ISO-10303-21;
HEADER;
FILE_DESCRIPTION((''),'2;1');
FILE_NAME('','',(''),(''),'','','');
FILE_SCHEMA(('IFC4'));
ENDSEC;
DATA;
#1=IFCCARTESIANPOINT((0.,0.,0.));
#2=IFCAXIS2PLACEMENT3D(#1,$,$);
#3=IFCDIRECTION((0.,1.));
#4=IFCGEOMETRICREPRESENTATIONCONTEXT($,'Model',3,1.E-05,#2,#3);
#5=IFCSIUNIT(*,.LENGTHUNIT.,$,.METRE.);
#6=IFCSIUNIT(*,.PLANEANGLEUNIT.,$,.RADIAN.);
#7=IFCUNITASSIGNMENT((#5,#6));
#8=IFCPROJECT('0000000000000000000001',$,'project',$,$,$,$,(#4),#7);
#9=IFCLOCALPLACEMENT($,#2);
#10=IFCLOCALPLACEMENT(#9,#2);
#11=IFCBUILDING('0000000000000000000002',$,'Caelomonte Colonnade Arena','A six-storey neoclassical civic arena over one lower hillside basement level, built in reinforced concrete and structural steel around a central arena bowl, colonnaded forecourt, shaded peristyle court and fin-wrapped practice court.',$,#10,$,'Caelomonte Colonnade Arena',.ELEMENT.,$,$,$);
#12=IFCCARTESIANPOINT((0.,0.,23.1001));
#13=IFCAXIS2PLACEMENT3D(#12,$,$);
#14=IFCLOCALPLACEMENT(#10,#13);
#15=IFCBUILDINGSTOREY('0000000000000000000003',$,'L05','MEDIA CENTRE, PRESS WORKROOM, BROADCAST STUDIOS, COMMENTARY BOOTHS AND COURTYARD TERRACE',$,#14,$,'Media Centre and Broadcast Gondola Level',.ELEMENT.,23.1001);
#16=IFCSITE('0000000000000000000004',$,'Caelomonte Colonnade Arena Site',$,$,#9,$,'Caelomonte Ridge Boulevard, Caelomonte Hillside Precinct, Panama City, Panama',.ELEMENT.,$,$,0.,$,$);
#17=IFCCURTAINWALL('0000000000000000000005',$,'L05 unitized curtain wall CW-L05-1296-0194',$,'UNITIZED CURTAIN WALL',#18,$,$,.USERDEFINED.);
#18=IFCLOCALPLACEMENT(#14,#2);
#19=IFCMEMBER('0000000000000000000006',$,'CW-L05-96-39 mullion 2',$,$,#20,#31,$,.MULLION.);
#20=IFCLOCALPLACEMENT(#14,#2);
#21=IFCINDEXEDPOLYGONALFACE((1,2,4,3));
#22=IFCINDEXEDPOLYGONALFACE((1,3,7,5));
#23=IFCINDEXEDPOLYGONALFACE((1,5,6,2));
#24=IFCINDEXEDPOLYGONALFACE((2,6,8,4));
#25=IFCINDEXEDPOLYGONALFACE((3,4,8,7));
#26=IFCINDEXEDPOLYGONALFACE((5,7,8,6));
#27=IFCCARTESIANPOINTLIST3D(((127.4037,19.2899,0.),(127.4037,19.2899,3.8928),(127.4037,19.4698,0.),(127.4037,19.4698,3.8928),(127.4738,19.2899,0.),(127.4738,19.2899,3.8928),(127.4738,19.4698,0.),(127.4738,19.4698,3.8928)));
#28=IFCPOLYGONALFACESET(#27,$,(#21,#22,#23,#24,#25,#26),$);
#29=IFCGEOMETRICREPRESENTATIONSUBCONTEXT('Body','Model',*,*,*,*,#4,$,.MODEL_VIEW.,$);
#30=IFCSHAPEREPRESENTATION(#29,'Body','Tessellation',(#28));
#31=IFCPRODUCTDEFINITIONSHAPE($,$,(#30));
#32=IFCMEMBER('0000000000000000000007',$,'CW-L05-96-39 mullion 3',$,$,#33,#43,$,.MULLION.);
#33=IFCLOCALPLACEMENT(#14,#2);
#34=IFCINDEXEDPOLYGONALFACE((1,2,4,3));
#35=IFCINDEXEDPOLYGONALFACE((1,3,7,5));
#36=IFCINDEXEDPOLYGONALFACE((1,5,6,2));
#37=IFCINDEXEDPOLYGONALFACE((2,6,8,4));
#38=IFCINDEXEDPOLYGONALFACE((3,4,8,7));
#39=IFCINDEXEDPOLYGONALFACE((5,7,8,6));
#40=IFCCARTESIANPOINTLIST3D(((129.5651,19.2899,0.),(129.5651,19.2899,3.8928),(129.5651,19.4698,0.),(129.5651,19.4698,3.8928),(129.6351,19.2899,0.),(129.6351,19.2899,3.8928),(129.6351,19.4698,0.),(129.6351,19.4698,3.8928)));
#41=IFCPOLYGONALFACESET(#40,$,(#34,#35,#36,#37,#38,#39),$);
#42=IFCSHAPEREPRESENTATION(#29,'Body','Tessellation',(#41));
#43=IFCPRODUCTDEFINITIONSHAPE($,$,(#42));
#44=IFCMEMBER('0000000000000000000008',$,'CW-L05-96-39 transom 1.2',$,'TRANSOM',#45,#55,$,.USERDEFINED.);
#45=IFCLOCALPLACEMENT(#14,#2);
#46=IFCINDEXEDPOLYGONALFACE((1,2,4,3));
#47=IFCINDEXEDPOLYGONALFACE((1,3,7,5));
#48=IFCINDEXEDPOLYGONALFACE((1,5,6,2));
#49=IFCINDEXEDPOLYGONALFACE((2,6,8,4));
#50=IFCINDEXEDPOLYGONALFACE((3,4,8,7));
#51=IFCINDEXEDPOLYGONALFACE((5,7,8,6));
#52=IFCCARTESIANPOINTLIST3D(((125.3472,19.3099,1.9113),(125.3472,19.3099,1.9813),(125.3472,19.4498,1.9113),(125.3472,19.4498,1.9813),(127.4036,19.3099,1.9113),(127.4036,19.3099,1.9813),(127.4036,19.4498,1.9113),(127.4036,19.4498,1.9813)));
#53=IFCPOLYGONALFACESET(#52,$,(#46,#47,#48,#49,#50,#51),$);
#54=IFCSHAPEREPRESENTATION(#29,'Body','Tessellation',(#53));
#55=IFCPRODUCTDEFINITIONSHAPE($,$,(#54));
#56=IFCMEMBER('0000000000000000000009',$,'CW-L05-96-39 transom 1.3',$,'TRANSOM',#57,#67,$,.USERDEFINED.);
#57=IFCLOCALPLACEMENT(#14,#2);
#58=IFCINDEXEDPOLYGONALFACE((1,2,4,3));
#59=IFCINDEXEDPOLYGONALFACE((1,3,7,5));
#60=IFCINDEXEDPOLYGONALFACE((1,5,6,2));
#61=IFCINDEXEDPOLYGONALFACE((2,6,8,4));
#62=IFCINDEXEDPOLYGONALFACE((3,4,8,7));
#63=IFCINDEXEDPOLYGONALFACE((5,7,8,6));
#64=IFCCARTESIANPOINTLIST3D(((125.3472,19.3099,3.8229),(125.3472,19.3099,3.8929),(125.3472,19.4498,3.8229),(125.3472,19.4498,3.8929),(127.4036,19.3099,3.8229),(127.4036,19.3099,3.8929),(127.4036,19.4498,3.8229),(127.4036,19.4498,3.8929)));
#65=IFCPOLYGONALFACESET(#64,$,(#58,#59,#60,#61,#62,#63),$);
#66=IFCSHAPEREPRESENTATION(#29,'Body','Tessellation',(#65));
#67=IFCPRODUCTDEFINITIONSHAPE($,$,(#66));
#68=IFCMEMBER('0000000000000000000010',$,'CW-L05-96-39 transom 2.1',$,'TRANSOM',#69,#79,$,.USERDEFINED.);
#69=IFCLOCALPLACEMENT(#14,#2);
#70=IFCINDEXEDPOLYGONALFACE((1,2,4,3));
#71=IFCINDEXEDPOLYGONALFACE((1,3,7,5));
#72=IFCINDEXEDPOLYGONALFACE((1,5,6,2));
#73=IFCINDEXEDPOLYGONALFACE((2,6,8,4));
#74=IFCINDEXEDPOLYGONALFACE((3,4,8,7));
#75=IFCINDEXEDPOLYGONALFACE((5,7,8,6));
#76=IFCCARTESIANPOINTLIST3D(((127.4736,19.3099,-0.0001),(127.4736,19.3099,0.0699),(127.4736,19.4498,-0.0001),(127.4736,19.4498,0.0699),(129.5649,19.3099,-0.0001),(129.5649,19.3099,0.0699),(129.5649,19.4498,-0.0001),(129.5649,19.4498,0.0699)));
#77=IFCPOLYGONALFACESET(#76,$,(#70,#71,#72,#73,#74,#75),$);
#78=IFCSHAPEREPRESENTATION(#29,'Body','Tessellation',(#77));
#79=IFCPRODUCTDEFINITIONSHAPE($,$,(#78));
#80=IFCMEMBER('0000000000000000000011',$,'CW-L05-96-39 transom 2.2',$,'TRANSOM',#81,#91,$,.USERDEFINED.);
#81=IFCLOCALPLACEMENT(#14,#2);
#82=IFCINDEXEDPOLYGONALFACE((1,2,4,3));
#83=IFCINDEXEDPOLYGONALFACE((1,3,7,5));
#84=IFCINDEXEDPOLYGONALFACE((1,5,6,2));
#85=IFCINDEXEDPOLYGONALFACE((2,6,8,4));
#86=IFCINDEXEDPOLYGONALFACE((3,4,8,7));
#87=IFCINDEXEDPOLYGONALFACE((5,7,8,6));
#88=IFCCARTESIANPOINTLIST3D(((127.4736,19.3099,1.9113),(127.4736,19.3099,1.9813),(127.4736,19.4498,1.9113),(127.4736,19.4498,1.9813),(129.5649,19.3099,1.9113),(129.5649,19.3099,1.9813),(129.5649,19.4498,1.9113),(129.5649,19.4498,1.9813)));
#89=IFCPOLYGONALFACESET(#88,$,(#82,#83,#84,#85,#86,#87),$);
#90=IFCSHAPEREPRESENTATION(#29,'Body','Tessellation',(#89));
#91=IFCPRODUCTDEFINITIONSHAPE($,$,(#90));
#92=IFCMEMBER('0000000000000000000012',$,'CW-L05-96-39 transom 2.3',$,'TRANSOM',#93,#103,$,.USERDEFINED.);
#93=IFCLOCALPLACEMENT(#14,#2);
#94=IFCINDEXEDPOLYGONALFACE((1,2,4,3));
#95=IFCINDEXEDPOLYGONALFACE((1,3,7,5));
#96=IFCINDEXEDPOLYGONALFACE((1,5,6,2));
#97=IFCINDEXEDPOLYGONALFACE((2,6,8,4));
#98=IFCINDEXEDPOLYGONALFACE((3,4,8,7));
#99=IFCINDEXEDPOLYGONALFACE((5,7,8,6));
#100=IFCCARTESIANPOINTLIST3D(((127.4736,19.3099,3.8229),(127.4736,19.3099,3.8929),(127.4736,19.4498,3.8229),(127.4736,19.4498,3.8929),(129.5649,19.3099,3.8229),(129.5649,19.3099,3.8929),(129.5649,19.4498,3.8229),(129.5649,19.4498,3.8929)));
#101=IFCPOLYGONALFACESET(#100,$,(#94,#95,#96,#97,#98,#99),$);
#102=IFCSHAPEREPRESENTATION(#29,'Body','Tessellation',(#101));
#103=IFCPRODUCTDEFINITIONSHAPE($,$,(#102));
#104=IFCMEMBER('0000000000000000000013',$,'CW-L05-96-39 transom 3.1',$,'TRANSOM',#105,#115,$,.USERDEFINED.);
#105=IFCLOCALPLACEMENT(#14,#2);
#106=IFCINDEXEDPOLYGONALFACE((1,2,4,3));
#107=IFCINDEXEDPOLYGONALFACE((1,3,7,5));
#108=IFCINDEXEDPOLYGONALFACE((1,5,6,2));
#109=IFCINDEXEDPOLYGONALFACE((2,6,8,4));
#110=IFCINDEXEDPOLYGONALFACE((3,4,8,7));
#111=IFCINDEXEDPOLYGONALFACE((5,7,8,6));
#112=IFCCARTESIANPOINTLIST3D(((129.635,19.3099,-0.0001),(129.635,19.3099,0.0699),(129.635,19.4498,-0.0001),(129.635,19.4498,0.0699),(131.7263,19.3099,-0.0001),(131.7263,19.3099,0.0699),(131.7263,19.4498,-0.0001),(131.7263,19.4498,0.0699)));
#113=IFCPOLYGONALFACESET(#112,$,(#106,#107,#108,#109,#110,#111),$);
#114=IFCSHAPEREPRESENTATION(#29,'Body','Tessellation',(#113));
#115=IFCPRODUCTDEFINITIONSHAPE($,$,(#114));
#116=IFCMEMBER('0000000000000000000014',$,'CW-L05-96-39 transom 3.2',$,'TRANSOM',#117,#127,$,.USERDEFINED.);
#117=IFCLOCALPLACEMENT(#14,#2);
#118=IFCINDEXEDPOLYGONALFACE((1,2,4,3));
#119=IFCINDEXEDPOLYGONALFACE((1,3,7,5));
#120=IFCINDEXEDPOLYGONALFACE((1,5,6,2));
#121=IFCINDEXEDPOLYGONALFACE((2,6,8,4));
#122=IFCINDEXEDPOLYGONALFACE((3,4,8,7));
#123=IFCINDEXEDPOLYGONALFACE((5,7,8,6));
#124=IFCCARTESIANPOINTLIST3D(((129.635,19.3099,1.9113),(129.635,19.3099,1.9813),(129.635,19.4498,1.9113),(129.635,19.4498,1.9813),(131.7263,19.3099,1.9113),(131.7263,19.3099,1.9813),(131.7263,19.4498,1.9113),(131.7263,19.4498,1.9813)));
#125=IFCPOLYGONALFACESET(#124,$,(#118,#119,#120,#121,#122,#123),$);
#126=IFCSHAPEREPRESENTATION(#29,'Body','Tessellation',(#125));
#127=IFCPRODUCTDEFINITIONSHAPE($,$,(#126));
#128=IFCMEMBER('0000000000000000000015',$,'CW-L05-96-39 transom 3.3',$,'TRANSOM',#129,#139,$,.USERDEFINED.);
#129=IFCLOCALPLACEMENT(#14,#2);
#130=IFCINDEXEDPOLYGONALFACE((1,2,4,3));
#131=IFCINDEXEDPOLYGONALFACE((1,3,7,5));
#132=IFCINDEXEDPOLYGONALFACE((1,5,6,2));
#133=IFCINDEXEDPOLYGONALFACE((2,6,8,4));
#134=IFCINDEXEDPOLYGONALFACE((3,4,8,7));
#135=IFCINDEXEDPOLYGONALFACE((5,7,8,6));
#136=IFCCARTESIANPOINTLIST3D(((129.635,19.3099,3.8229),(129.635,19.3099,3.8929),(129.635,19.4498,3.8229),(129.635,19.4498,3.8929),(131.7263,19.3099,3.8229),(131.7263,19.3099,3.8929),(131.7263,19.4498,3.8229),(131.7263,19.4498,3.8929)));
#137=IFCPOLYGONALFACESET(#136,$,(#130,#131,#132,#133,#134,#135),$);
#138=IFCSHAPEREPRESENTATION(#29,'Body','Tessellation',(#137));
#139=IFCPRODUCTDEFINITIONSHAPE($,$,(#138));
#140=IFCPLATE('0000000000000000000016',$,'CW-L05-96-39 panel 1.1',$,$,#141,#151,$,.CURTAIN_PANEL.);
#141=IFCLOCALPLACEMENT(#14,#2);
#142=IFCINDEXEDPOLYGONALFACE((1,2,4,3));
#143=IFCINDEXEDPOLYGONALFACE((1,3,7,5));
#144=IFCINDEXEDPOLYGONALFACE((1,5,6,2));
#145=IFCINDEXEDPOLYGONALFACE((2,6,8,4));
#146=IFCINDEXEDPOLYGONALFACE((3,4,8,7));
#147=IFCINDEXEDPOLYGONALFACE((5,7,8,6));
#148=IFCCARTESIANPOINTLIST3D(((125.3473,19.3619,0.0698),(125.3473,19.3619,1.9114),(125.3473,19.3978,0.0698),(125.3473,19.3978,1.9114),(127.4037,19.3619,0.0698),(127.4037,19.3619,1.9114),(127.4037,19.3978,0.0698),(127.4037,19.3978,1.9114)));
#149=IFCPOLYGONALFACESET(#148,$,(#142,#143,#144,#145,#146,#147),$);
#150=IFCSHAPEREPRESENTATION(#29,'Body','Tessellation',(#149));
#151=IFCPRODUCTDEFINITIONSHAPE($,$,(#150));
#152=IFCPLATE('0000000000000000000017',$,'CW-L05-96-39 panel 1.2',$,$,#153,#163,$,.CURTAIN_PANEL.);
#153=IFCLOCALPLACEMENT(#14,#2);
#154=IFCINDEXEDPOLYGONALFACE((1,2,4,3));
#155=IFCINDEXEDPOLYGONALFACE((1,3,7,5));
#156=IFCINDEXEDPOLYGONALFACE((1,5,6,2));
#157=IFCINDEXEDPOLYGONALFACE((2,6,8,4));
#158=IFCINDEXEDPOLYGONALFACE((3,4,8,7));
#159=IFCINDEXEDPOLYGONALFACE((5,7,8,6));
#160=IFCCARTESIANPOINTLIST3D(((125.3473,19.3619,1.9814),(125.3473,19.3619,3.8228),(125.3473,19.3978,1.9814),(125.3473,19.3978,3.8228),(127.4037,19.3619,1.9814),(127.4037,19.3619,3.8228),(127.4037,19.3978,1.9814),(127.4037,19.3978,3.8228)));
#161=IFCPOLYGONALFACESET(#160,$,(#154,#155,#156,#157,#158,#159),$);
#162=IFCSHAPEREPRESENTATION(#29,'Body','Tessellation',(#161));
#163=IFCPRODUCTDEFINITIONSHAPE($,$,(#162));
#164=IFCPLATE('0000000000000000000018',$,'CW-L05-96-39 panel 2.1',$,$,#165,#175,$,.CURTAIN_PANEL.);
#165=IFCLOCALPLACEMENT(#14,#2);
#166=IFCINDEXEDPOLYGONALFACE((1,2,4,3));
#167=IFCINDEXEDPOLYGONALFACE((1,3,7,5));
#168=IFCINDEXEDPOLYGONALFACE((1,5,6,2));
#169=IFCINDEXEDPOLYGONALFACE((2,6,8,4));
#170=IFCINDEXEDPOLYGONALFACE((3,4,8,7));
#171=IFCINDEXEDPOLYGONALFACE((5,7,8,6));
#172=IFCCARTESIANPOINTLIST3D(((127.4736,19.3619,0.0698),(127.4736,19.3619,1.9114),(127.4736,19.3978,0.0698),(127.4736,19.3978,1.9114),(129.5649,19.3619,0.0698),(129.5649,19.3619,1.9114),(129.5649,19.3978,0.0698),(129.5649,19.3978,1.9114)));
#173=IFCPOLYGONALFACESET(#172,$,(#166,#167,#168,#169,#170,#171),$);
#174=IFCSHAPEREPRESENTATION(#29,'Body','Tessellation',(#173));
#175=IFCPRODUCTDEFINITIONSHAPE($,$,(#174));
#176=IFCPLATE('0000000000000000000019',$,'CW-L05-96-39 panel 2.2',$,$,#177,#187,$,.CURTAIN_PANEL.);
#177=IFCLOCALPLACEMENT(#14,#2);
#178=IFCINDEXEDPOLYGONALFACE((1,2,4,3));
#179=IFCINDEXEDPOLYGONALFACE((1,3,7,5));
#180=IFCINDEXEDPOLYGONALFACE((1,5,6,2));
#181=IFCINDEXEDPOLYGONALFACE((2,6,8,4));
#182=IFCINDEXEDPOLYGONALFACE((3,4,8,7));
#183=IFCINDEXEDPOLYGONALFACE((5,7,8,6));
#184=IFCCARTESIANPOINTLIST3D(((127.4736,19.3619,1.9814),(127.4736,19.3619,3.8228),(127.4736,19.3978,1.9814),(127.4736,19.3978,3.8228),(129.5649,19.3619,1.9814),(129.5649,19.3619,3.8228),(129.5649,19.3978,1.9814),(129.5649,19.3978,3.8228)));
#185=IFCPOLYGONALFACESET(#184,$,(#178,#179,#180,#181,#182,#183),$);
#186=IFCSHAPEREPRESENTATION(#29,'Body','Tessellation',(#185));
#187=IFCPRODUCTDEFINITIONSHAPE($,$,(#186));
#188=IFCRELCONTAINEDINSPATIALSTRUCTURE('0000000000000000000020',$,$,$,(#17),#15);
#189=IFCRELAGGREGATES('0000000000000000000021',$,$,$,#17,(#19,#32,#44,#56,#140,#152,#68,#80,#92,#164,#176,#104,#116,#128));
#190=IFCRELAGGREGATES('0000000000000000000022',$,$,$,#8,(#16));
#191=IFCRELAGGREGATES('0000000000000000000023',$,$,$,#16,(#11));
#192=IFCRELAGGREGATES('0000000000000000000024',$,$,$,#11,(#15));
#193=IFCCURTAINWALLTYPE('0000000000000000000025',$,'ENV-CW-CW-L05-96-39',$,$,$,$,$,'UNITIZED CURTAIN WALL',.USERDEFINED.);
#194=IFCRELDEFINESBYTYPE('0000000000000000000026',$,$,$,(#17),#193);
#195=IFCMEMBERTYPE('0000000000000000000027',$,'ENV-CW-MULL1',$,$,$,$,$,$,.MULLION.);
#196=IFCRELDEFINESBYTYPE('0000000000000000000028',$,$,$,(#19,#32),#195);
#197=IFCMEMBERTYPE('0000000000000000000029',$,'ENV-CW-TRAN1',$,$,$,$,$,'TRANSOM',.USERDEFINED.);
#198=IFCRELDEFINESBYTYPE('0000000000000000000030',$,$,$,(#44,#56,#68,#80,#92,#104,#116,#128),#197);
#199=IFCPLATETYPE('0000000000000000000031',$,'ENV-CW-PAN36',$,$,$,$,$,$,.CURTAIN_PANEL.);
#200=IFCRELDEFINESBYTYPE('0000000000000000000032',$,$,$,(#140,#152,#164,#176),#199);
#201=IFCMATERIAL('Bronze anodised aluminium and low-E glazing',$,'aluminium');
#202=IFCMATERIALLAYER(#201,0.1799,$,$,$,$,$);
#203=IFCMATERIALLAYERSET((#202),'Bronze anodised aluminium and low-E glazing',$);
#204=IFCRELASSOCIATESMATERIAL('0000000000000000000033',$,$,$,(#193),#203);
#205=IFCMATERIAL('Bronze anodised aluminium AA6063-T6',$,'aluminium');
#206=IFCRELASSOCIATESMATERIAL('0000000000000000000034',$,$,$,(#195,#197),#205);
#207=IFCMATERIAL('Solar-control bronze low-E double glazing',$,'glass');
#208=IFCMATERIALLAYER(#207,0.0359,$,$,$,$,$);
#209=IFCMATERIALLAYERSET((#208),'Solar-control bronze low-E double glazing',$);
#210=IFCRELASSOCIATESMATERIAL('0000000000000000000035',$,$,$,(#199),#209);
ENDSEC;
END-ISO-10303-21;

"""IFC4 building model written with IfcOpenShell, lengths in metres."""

from ifc_helpers import new_model, si_unit, direction, frame, origin, origin_2d, place, context, subcontext, project, spatial, rectangle, extrude, material, layer, layer_set, material_profile, profile_set, type_object, element, aggregate, save


model = new_model("IFC4")

# Units and contexts
model_context = context("Model", 3, precision=1e-05, world=origin(), true_north=direction((0.0, 1.0)))
body_context = subcontext(model_context, "Body", "Model", "MODEL_VIEW")
ifc_project = project(units=[si_unit("LENGTHUNIT", "METRE"), si_unit("PLANEANGLEUNIT", "RADIAN")], contexts=[model_context])

# Site, building, storey
site_placement = place(None, origin())
site = spatial("IfcSite", under=ifc_project, at=site_placement, Name="Caelomonte Colonnade Arena Site", LongName="Caelomonte Ridge Boulevard, Caelomonte Hillside Precinct, Panama City, Panama", CompositionType="ELEMENT", RefElevation=0.0)
building_placement = place(site_placement, origin())
building = spatial("IfcBuilding", under=site, at=building_placement, Name="Caelomonte Colonnade Arena", Description="A six-storey neoclassical civic arena over one lower hillside basement level, built in reinforced concrete and structural steel around a central arena bowl, colonnaded forecourt, shaded peristyle court and fin-wrapped practice court.", LongName="Caelomonte Colonnade Arena", CompositionType="ELEMENT")
storey_placement = place(building_placement, frame((0.0, 0.0, 23.1001)))
storey = spatial("IfcBuildingStorey", under=building, at=storey_placement, Name="L05", Description="MEDIA CENTRE, PRESS WORKROOM, BROADCAST STUDIOS, COMMENTARY BOOTHS AND COURTYARD TERRACE", LongName="Media Centre and Broadcast Gondola Level", CompositionType="ELEMENT", Elevation=23.1001)

# Curtain wall, members, plates
ifc_material_1 = material(Name="Bronze anodised aluminium and low-E glazing", Category="aluminium")
ifc_layer_1 = layer(ifc_material_1, 0.1799)
ifc_layer_set_1 = layer_set([ifc_layer_1], Name="Bronze anodised aluminium and low-E glazing")
curtain_wall_type = type_object("IfcCurtainWallType", Name="ENV-CW-CW-L05-96-39", ElementType="UNITIZED CURTAIN WALL", PredefinedType="USERDEFINED", material=ifc_layer_set_1)
curtain_wall_placement = place(storey_placement, origin())
curtain_wall = element("IfcCurtainWall", 1, at=curtain_wall_placement, inside=storey, type_object=curtain_wall_type, Name="L05 unitized curtain wall CW-L05-1296-0194", ObjectType="UNITIZED CURTAIN WALL", PredefinedType="USERDEFINED")
ifc_material_2 = material(Name="Bronze anodised aluminium AA6063-T6", Category="aluminium")
ifc_material_profile_1 = material_profile(ifc_material_2, rectangle(XDim=0.0701, YDim=0.1799, at=origin_2d()), Name="CWM-70X180")
ifc_profile_set_1 = profile_set([ifc_material_profile_1], Name="Bronze anodised aluminium AA6063-T6")
member_type_1 = type_object("IfcMemberType", Name="ENV-CW-MULL1", PredefinedType="MULLION", material=ifc_profile_set_1)
member_1_placement = place(storey_placement, frame((127.4387, 19.3799, 0.0), z_axis=(0.0, 0.0, 1.0), x_axis=(1.0, 0.0, 0.0)))
member_1 = element("IfcMember", 2, at=member_1_placement, type_object=member_type_1, Name="CW-L05-96-39 mullion 2", PredefinedType="MULLION", context=body_context, shape_type="SweptSolid", body=[
    extrude(rectangle(XDim=0.0701, YDim=0.1799, at=origin_2d()), origin(), (0.0, 0.0, 1.0), 3.8928),
])
member_2_placement = place(storey_placement, frame((129.6001, 19.3799, 0.0), z_axis=(0.0, 0.0, 1.0), x_axis=(1.0, 0.0, 0.0)))
member_2 = element("IfcMember", 3, at=member_2_placement, type_object=member_type_1, Name="CW-L05-96-39 mullion 3", PredefinedType="MULLION", context=body_context, shape_type="SweptSolid", body=[
    extrude(rectangle(XDim=0.0701, YDim=0.1799, at=origin_2d()), origin(), (0.0, 0.0, 1.0), 3.8928),
])
ifc_material_profile_2 = material_profile(ifc_material_2, rectangle(XDim=0.0701, YDim=0.1399, at=origin_2d()), Name="CWT-70X140")
ifc_profile_set_2 = profile_set([ifc_material_profile_2], Name="Bronze anodised aluminium AA6063-T6")
member_type_2 = type_object("IfcMemberType", Name="ENV-CW-TRAN1", ElementType="TRANSOM", PredefinedType="USERDEFINED", material=ifc_profile_set_2)
member_3_placement = place(storey_placement, frame((125.3472, 19.3799, 1.9463), z_axis=(1.0, 0.0, 0.0), x_axis=(0.0, 0.0, 1.0)))
member_3 = element("IfcMember", 4, at=member_3_placement, type_object=member_type_2, Name="CW-L05-96-39 transom 1.2", ObjectType="TRANSOM", PredefinedType="USERDEFINED", context=body_context, shape_type="SweptSolid", body=[
    extrude(rectangle(XDim=0.0701, YDim=0.1399, at=origin_2d()), origin(), (0.0, 0.0, 1.0), 2.0564),
])
member_4_placement = place(storey_placement, frame((125.3472, 19.3799, 3.8579), z_axis=(1.0, 0.0, 0.0), x_axis=(0.0, 0.0, 1.0)))
member_4 = element("IfcMember", 5, at=member_4_placement, type_object=member_type_2, Name="CW-L05-96-39 transom 1.3", ObjectType="TRANSOM", PredefinedType="USERDEFINED", context=body_context, shape_type="SweptSolid", body=[
    extrude(rectangle(XDim=0.0701, YDim=0.1399, at=origin_2d()), origin(), (0.0, 0.0, 1.0), 2.0564),
])
member_5_placement = place(storey_placement, frame((127.4736, 19.3799, 0.0349), z_axis=(1.0, 0.0, 0.0), x_axis=(0.0, 0.0, 1.0)))
member_5 = element("IfcMember", 6, at=member_5_placement, type_object=member_type_2, Name="CW-L05-96-39 transom 2.1", ObjectType="TRANSOM", PredefinedType="USERDEFINED", context=body_context, shape_type="SweptSolid", body=[
    extrude(rectangle(XDim=0.0701, YDim=0.1399, at=origin_2d()), origin(), (0.0, 0.0, 1.0), 2.0913),
])
member_6_placement = place(storey_placement, frame((127.4736, 19.3799, 1.9463), z_axis=(1.0, 0.0, 0.0), x_axis=(0.0, 0.0, 1.0)))
member_6 = element("IfcMember", 7, at=member_6_placement, type_object=member_type_2, Name="CW-L05-96-39 transom 2.2", ObjectType="TRANSOM", PredefinedType="USERDEFINED", context=body_context, shape_type="SweptSolid", body=[
    extrude(rectangle(XDim=0.0701, YDim=0.1399, at=origin_2d()), origin(), (0.0, 0.0, 1.0), 2.0913),
])
member_7_placement = place(storey_placement, frame((127.4736, 19.3799, 3.8579), z_axis=(1.0, 0.0, 0.0), x_axis=(0.0, 0.0, 1.0)))
member_7 = element("IfcMember", 8, at=member_7_placement, type_object=member_type_2, Name="CW-L05-96-39 transom 2.3", ObjectType="TRANSOM", PredefinedType="USERDEFINED", context=body_context, shape_type="SweptSolid", body=[
    extrude(rectangle(XDim=0.0701, YDim=0.1399, at=origin_2d()), origin(), (0.0, 0.0, 1.0), 2.0913),
])
member_8_placement = place(storey_placement, frame((129.635, 19.3799, 0.0349), z_axis=(1.0, 0.0, 0.0), x_axis=(0.0, 0.0, 1.0)))
member_8 = element("IfcMember", 9, at=member_8_placement, type_object=member_type_2, Name="CW-L05-96-39 transom 3.1", ObjectType="TRANSOM", PredefinedType="USERDEFINED", context=body_context, shape_type="SweptSolid", body=[
    extrude(rectangle(XDim=0.0701, YDim=0.1399, at=origin_2d()), origin(), (0.0, 0.0, 1.0), 2.0913),
])
member_9_placement = place(storey_placement, frame((129.635, 19.3799, 1.9463), z_axis=(1.0, 0.0, 0.0), x_axis=(0.0, 0.0, 1.0)))
member_9 = element("IfcMember", 10, at=member_9_placement, type_object=member_type_2, Name="CW-L05-96-39 transom 3.2", ObjectType="TRANSOM", PredefinedType="USERDEFINED", context=body_context, shape_type="SweptSolid", body=[
    extrude(rectangle(XDim=0.0701, YDim=0.1399, at=origin_2d()), origin(), (0.0, 0.0, 1.0), 2.0913),
])
member_10_placement = place(storey_placement, frame((129.635, 19.3799, 3.8579), z_axis=(1.0, 0.0, 0.0), x_axis=(0.0, 0.0, 1.0)))
member_10 = element("IfcMember", 11, at=member_10_placement, type_object=member_type_2, Name="CW-L05-96-39 transom 3.3", ObjectType="TRANSOM", PredefinedType="USERDEFINED", context=body_context, shape_type="SweptSolid", body=[
    extrude(rectangle(XDim=0.0701, YDim=0.1399, at=origin_2d()), origin(), (0.0, 0.0, 1.0), 2.0913),
])
ifc_material_3 = material(Name="Solar-control bronze low-E double glazing", Category="glass")
ifc_layer_2 = layer(ifc_material_3, 0.0359)
ifc_layer_set_2 = layer_set([ifc_layer_2], Name="Solar-control bronze low-E double glazing")
plate_type = type_object("IfcPlateType", Name="ENV-CW-PAN36", PredefinedType="CURTAIN_PANEL", material=ifc_layer_set_2)
plate_1_placement = place(storey_placement, frame((126.3755, 19.3799, 0.0698), z_axis=(0.0, 0.0, 1.0), x_axis=(1.0, 0.0, 0.0)))
plate_1 = element("IfcPlate", 12, at=plate_1_placement, type_object=plate_type, Name="CW-L05-96-39 panel 1.1", PredefinedType="CURTAIN_PANEL", context=body_context, shape_type="SweptSolid", body=[
    extrude(rectangle(XDim=2.0564, YDim=0.0359, at=origin_2d()), origin(), (0.0, 0.0, 1.0), 1.8416),
])
plate_2_placement = place(storey_placement, frame((126.3755, 19.3799, 1.9814), z_axis=(0.0, 0.0, 1.0), x_axis=(1.0, 0.0, 0.0)))
plate_2 = element("IfcPlate", 13, at=plate_2_placement, type_object=plate_type, Name="CW-L05-96-39 panel 1.2", PredefinedType="CURTAIN_PANEL", context=body_context, shape_type="SweptSolid", body=[
    extrude(rectangle(XDim=2.0564, YDim=0.0359, at=origin_2d()), origin(), (0.0, 0.0, 1.0), 1.8413),
])
plate_3_placement = place(storey_placement, frame((128.5193, 19.3799, 0.0698), z_axis=(0.0, 0.0, 1.0), x_axis=(1.0, 0.0, 0.0)))
plate_3 = element("IfcPlate", 14, at=plate_3_placement, type_object=plate_type, Name="CW-L05-96-39 panel 2.1", PredefinedType="CURTAIN_PANEL", context=body_context, shape_type="SweptSolid", body=[
    extrude(rectangle(XDim=2.0913, YDim=0.0359, at=origin_2d()), origin(), (0.0, 0.0, 1.0), 1.8416),
])
plate_4_placement = place(storey_placement, frame((128.5193, 19.3799, 1.9814), z_axis=(0.0, 0.0, 1.0), x_axis=(1.0, 0.0, 0.0)))
plate_4 = element("IfcPlate", 15, at=plate_4_placement, type_object=plate_type, Name="CW-L05-96-39 panel 2.2", PredefinedType="CURTAIN_PANEL", context=body_context, shape_type="SweptSolid", body=[
    extrude(rectangle(XDim=2.0913, YDim=0.0359, at=origin_2d()), origin(), (0.0, 0.0, 1.0), 1.8413),
])
aggregate(curtain_wall, [member_1, member_2, member_3, member_4, plate_1, plate_2, member_5, member_6, member_7, plate_3, plate_4, member_8, member_9, member_10])

save(model, "model.ifc")
